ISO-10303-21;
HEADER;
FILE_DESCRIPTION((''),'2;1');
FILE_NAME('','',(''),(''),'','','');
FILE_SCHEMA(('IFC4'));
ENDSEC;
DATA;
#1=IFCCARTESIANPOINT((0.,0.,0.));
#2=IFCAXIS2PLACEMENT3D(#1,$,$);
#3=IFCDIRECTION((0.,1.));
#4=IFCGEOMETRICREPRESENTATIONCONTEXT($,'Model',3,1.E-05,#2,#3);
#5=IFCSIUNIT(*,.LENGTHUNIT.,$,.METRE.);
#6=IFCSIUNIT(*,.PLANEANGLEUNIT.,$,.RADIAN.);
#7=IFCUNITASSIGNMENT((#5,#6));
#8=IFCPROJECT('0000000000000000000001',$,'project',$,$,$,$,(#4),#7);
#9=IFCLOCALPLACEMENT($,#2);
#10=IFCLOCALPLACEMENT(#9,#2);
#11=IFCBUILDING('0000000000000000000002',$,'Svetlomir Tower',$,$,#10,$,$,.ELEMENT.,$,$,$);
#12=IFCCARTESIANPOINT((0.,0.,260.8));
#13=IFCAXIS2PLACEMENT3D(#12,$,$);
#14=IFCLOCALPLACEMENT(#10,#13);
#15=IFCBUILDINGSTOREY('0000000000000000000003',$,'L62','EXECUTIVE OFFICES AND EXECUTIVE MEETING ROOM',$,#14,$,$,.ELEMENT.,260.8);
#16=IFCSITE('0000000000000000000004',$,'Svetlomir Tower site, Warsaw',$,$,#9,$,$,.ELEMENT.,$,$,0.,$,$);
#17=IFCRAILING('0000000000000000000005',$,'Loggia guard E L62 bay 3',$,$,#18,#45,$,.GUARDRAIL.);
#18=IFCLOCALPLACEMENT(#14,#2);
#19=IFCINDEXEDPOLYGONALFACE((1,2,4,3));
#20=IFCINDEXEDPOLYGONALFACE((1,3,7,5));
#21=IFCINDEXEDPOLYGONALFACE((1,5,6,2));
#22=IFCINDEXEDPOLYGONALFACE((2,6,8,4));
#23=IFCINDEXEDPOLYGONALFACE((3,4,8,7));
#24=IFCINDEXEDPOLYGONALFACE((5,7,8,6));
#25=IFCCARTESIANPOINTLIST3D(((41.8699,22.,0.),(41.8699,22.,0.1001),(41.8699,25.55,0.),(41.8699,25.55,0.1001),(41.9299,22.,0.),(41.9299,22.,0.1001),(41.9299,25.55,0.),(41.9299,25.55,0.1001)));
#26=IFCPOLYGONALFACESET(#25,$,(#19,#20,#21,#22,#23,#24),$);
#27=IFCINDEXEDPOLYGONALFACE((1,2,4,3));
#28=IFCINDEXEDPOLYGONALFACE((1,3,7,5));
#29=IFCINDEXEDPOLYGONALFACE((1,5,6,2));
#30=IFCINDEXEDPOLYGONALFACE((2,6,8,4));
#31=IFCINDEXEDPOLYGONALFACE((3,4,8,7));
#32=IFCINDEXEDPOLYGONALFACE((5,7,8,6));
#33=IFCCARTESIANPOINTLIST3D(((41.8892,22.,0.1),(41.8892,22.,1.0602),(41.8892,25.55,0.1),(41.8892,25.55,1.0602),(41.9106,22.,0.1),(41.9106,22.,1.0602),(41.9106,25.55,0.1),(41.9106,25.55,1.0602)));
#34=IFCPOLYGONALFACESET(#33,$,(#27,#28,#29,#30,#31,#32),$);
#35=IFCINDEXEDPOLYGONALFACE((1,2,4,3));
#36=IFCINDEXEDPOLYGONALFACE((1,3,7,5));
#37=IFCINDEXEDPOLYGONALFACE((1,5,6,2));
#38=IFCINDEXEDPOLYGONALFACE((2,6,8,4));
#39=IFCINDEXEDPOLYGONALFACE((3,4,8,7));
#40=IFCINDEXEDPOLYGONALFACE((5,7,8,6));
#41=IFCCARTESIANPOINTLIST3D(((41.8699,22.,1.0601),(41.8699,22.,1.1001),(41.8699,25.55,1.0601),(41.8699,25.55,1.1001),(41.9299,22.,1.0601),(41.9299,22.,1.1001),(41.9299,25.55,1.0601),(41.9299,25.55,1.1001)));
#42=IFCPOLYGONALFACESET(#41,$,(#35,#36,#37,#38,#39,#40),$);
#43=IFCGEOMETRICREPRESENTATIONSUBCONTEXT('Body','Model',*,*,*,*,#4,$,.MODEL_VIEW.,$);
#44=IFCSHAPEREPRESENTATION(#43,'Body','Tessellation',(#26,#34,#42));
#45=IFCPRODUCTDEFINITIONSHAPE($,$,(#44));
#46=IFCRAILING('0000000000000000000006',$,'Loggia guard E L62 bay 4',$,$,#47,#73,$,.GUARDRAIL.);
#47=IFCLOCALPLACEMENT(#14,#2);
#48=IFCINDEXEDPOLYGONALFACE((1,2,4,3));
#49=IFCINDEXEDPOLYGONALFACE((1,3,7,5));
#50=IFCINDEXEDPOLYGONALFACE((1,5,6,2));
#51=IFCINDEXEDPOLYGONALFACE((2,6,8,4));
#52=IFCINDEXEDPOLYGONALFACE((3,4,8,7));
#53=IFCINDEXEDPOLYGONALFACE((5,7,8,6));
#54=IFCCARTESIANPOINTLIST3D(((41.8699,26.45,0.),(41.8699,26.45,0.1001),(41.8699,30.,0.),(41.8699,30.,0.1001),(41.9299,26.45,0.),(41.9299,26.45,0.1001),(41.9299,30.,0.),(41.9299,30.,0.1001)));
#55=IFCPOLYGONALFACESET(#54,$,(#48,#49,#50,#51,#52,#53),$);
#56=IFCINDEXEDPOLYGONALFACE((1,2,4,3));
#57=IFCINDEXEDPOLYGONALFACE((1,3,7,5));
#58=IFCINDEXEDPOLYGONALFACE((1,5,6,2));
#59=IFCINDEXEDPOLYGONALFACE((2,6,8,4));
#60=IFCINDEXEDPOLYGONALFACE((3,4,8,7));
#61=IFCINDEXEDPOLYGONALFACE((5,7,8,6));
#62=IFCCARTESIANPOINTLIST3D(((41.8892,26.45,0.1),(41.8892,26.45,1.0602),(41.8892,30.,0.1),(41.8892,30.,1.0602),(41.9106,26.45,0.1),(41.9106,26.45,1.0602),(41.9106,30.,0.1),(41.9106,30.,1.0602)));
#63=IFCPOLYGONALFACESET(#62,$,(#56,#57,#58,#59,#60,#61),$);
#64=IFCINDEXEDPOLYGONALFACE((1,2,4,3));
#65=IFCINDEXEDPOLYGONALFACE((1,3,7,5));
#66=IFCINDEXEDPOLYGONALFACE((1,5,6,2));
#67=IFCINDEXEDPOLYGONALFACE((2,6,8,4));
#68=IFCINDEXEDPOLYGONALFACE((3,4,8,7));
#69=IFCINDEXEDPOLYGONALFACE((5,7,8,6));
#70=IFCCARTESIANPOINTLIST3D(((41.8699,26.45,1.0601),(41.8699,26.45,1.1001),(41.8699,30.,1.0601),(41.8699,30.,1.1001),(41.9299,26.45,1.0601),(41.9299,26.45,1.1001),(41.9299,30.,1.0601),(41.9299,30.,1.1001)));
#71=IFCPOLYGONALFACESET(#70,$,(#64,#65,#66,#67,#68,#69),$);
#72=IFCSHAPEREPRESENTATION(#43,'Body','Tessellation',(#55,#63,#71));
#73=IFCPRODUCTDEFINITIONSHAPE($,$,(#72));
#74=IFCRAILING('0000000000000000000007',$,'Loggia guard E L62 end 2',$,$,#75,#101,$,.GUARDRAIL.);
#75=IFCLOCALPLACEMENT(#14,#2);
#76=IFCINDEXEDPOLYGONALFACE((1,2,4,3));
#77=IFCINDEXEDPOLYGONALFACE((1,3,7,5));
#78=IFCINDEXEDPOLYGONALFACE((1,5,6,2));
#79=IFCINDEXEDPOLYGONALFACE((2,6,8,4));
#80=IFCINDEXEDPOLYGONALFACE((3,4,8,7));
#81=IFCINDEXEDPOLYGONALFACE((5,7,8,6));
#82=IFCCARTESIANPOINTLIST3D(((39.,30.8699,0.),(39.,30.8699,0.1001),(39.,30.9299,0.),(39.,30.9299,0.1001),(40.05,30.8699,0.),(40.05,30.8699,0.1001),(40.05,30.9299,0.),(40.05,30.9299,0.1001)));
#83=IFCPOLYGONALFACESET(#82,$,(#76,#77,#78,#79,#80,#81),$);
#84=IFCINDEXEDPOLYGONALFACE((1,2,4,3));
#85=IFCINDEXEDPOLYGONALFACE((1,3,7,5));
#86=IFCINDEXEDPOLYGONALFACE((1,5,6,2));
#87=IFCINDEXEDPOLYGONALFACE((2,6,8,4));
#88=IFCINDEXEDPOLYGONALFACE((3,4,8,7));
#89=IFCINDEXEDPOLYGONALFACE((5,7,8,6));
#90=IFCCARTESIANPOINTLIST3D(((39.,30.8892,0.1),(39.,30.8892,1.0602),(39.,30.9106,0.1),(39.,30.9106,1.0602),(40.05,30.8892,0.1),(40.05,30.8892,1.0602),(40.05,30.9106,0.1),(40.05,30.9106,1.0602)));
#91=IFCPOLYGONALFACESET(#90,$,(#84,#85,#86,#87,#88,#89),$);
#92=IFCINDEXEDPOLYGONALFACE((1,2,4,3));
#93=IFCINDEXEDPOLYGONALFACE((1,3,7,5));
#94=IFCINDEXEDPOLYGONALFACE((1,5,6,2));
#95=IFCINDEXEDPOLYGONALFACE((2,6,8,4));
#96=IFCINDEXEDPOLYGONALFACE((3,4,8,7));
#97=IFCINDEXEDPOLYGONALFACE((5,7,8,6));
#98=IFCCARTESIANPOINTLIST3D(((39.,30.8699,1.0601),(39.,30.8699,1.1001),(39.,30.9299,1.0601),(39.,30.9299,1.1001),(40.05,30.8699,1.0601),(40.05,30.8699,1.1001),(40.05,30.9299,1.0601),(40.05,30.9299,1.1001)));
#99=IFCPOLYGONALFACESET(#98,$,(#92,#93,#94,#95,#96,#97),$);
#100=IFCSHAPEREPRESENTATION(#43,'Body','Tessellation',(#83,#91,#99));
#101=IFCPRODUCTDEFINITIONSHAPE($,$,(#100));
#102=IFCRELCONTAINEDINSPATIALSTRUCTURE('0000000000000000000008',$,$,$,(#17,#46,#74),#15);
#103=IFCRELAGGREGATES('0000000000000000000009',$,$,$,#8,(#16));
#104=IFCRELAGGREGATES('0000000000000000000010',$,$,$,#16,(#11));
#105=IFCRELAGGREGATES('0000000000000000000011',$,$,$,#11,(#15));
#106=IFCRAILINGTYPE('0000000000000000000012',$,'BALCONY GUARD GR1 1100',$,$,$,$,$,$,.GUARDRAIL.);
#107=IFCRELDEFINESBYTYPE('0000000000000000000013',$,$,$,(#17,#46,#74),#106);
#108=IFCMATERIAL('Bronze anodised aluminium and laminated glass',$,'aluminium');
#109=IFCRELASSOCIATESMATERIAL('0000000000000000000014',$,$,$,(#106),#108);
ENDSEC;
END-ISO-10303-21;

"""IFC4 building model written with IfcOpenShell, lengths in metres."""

from ifc_helpers import new_model, si_unit, direction, frame, origin, origin_2d, place, context, subcontext, project, spatial, rectangle, extrude, material, type_object, element, save


model = new_model("IFC4")

# Units and contexts
model_context = context("Model", 3, precision=1e-05, world=origin(), true_north=direction((0.0, 1.0)))
body_context = subcontext(model_context, "Body", "Model", "MODEL_VIEW")
ifc_project = project(units=[si_unit("LENGTHUNIT", "METRE"), si_unit("PLANEANGLEUNIT", "RADIAN")], contexts=[model_context])

# Site, building, storey
site_placement = place(None, origin())
site = spatial("IfcSite", under=ifc_project, at=site_placement, Name="Svetlomir Tower site, Warsaw", CompositionType="ELEMENT", RefElevation=0.0)
building_placement = place(site_placement, origin())
building = spatial("IfcBuilding", under=site, at=building_placement, Name="Svetlomir Tower", CompositionType="ELEMENT")
storey_placement = place(building_placement, frame((0.0, 0.0, 260.8)))
storey = spatial("IfcBuildingStorey", under=building, at=storey_placement, Name="L62", Description="EXECUTIVE OFFICES AND EXECUTIVE MEETING ROOM", CompositionType="ELEMENT", Elevation=260.8)

# Railings
ifc_material_1 = material(Name="Bronze anodised aluminium and laminated glass", Category="aluminium")
railing_type = type_object("IfcRailingType", Name="BALCONY GUARD GR1 1100", PredefinedType="GUARDRAIL", material=ifc_material_1)
for number, where, name in (
    (1, (41.8999, 22.0, 0.0), "Loggia guard E L62 bay 3"),
    (2, (41.8999, 26.45, 0.0), "Loggia guard E L62 bay 4"),
):
    element("IfcRailing", number, at=place(storey_placement, frame(where)), inside=storey, type_object=railing_type, Name=name, PredefinedType="GUARDRAIL", context=body_context, shape_type="SweptSolid", body=[
        extrude(rectangle(XDim=0.0601, YDim=0.1001, at=origin_2d()), frame((0.0, 0.0, 0.05), z_axis=(0.0, 1.0, 0.0), x_axis=(-1.0, 0.0, 0.0)), (0.0, 0.0, 1.0), 3.55),
        extrude(rectangle(XDim=0.0215, YDim=0.9602, at=origin_2d()), frame((0.0, 0.0, 0.5801), z_axis=(0.0, 1.0, 0.0), x_axis=(-1.0, 0.0, 0.0)), (0.0, 0.0, 1.0), 3.55),
        extrude(rectangle(XDim=0.0601, YDim=0.04, at=origin_2d()), frame((0.0, 0.0, 1.0801), z_axis=(0.0, 1.0, 0.0), x_axis=(-1.0, 0.0, 0.0)), (0.0, 0.0, 1.0), 3.55),
    ])
railing_placement = place(storey_placement, frame((40.05, 30.8999, 0.0)))
element("IfcRailing", 3, at=railing_placement, inside=storey, type_object=railing_type, Name="Loggia guard E L62 end 2", PredefinedType="GUARDRAIL", context=body_context, shape_type="SweptSolid", body=[
    extrude(rectangle(XDim=0.0601, YDim=0.1001, at=origin_2d()), frame((0.0, 0.0, 0.05), z_axis=(-1.0, 0.0, 0.0), x_axis=(0.0, -1.0, 0.0)), (0.0, 0.0, 1.0), 1.05),
    extrude(rectangle(XDim=0.0215, YDim=0.9602, at=origin_2d()), frame((0.0, 0.0, 0.5801), z_axis=(-1.0, 0.0, 0.0), x_axis=(0.0, -1.0, 0.0)), (0.0, 0.0, 1.0), 1.05),
    extrude(rectangle(XDim=0.0601, YDim=0.04, at=origin_2d()), frame((0.0, 0.0, 1.0801), z_axis=(-1.0, 0.0, 0.0), x_axis=(0.0, -1.0, 0.0)), (0.0, 0.0, 1.0), 1.05),
])

save(model, "model.ifc")
